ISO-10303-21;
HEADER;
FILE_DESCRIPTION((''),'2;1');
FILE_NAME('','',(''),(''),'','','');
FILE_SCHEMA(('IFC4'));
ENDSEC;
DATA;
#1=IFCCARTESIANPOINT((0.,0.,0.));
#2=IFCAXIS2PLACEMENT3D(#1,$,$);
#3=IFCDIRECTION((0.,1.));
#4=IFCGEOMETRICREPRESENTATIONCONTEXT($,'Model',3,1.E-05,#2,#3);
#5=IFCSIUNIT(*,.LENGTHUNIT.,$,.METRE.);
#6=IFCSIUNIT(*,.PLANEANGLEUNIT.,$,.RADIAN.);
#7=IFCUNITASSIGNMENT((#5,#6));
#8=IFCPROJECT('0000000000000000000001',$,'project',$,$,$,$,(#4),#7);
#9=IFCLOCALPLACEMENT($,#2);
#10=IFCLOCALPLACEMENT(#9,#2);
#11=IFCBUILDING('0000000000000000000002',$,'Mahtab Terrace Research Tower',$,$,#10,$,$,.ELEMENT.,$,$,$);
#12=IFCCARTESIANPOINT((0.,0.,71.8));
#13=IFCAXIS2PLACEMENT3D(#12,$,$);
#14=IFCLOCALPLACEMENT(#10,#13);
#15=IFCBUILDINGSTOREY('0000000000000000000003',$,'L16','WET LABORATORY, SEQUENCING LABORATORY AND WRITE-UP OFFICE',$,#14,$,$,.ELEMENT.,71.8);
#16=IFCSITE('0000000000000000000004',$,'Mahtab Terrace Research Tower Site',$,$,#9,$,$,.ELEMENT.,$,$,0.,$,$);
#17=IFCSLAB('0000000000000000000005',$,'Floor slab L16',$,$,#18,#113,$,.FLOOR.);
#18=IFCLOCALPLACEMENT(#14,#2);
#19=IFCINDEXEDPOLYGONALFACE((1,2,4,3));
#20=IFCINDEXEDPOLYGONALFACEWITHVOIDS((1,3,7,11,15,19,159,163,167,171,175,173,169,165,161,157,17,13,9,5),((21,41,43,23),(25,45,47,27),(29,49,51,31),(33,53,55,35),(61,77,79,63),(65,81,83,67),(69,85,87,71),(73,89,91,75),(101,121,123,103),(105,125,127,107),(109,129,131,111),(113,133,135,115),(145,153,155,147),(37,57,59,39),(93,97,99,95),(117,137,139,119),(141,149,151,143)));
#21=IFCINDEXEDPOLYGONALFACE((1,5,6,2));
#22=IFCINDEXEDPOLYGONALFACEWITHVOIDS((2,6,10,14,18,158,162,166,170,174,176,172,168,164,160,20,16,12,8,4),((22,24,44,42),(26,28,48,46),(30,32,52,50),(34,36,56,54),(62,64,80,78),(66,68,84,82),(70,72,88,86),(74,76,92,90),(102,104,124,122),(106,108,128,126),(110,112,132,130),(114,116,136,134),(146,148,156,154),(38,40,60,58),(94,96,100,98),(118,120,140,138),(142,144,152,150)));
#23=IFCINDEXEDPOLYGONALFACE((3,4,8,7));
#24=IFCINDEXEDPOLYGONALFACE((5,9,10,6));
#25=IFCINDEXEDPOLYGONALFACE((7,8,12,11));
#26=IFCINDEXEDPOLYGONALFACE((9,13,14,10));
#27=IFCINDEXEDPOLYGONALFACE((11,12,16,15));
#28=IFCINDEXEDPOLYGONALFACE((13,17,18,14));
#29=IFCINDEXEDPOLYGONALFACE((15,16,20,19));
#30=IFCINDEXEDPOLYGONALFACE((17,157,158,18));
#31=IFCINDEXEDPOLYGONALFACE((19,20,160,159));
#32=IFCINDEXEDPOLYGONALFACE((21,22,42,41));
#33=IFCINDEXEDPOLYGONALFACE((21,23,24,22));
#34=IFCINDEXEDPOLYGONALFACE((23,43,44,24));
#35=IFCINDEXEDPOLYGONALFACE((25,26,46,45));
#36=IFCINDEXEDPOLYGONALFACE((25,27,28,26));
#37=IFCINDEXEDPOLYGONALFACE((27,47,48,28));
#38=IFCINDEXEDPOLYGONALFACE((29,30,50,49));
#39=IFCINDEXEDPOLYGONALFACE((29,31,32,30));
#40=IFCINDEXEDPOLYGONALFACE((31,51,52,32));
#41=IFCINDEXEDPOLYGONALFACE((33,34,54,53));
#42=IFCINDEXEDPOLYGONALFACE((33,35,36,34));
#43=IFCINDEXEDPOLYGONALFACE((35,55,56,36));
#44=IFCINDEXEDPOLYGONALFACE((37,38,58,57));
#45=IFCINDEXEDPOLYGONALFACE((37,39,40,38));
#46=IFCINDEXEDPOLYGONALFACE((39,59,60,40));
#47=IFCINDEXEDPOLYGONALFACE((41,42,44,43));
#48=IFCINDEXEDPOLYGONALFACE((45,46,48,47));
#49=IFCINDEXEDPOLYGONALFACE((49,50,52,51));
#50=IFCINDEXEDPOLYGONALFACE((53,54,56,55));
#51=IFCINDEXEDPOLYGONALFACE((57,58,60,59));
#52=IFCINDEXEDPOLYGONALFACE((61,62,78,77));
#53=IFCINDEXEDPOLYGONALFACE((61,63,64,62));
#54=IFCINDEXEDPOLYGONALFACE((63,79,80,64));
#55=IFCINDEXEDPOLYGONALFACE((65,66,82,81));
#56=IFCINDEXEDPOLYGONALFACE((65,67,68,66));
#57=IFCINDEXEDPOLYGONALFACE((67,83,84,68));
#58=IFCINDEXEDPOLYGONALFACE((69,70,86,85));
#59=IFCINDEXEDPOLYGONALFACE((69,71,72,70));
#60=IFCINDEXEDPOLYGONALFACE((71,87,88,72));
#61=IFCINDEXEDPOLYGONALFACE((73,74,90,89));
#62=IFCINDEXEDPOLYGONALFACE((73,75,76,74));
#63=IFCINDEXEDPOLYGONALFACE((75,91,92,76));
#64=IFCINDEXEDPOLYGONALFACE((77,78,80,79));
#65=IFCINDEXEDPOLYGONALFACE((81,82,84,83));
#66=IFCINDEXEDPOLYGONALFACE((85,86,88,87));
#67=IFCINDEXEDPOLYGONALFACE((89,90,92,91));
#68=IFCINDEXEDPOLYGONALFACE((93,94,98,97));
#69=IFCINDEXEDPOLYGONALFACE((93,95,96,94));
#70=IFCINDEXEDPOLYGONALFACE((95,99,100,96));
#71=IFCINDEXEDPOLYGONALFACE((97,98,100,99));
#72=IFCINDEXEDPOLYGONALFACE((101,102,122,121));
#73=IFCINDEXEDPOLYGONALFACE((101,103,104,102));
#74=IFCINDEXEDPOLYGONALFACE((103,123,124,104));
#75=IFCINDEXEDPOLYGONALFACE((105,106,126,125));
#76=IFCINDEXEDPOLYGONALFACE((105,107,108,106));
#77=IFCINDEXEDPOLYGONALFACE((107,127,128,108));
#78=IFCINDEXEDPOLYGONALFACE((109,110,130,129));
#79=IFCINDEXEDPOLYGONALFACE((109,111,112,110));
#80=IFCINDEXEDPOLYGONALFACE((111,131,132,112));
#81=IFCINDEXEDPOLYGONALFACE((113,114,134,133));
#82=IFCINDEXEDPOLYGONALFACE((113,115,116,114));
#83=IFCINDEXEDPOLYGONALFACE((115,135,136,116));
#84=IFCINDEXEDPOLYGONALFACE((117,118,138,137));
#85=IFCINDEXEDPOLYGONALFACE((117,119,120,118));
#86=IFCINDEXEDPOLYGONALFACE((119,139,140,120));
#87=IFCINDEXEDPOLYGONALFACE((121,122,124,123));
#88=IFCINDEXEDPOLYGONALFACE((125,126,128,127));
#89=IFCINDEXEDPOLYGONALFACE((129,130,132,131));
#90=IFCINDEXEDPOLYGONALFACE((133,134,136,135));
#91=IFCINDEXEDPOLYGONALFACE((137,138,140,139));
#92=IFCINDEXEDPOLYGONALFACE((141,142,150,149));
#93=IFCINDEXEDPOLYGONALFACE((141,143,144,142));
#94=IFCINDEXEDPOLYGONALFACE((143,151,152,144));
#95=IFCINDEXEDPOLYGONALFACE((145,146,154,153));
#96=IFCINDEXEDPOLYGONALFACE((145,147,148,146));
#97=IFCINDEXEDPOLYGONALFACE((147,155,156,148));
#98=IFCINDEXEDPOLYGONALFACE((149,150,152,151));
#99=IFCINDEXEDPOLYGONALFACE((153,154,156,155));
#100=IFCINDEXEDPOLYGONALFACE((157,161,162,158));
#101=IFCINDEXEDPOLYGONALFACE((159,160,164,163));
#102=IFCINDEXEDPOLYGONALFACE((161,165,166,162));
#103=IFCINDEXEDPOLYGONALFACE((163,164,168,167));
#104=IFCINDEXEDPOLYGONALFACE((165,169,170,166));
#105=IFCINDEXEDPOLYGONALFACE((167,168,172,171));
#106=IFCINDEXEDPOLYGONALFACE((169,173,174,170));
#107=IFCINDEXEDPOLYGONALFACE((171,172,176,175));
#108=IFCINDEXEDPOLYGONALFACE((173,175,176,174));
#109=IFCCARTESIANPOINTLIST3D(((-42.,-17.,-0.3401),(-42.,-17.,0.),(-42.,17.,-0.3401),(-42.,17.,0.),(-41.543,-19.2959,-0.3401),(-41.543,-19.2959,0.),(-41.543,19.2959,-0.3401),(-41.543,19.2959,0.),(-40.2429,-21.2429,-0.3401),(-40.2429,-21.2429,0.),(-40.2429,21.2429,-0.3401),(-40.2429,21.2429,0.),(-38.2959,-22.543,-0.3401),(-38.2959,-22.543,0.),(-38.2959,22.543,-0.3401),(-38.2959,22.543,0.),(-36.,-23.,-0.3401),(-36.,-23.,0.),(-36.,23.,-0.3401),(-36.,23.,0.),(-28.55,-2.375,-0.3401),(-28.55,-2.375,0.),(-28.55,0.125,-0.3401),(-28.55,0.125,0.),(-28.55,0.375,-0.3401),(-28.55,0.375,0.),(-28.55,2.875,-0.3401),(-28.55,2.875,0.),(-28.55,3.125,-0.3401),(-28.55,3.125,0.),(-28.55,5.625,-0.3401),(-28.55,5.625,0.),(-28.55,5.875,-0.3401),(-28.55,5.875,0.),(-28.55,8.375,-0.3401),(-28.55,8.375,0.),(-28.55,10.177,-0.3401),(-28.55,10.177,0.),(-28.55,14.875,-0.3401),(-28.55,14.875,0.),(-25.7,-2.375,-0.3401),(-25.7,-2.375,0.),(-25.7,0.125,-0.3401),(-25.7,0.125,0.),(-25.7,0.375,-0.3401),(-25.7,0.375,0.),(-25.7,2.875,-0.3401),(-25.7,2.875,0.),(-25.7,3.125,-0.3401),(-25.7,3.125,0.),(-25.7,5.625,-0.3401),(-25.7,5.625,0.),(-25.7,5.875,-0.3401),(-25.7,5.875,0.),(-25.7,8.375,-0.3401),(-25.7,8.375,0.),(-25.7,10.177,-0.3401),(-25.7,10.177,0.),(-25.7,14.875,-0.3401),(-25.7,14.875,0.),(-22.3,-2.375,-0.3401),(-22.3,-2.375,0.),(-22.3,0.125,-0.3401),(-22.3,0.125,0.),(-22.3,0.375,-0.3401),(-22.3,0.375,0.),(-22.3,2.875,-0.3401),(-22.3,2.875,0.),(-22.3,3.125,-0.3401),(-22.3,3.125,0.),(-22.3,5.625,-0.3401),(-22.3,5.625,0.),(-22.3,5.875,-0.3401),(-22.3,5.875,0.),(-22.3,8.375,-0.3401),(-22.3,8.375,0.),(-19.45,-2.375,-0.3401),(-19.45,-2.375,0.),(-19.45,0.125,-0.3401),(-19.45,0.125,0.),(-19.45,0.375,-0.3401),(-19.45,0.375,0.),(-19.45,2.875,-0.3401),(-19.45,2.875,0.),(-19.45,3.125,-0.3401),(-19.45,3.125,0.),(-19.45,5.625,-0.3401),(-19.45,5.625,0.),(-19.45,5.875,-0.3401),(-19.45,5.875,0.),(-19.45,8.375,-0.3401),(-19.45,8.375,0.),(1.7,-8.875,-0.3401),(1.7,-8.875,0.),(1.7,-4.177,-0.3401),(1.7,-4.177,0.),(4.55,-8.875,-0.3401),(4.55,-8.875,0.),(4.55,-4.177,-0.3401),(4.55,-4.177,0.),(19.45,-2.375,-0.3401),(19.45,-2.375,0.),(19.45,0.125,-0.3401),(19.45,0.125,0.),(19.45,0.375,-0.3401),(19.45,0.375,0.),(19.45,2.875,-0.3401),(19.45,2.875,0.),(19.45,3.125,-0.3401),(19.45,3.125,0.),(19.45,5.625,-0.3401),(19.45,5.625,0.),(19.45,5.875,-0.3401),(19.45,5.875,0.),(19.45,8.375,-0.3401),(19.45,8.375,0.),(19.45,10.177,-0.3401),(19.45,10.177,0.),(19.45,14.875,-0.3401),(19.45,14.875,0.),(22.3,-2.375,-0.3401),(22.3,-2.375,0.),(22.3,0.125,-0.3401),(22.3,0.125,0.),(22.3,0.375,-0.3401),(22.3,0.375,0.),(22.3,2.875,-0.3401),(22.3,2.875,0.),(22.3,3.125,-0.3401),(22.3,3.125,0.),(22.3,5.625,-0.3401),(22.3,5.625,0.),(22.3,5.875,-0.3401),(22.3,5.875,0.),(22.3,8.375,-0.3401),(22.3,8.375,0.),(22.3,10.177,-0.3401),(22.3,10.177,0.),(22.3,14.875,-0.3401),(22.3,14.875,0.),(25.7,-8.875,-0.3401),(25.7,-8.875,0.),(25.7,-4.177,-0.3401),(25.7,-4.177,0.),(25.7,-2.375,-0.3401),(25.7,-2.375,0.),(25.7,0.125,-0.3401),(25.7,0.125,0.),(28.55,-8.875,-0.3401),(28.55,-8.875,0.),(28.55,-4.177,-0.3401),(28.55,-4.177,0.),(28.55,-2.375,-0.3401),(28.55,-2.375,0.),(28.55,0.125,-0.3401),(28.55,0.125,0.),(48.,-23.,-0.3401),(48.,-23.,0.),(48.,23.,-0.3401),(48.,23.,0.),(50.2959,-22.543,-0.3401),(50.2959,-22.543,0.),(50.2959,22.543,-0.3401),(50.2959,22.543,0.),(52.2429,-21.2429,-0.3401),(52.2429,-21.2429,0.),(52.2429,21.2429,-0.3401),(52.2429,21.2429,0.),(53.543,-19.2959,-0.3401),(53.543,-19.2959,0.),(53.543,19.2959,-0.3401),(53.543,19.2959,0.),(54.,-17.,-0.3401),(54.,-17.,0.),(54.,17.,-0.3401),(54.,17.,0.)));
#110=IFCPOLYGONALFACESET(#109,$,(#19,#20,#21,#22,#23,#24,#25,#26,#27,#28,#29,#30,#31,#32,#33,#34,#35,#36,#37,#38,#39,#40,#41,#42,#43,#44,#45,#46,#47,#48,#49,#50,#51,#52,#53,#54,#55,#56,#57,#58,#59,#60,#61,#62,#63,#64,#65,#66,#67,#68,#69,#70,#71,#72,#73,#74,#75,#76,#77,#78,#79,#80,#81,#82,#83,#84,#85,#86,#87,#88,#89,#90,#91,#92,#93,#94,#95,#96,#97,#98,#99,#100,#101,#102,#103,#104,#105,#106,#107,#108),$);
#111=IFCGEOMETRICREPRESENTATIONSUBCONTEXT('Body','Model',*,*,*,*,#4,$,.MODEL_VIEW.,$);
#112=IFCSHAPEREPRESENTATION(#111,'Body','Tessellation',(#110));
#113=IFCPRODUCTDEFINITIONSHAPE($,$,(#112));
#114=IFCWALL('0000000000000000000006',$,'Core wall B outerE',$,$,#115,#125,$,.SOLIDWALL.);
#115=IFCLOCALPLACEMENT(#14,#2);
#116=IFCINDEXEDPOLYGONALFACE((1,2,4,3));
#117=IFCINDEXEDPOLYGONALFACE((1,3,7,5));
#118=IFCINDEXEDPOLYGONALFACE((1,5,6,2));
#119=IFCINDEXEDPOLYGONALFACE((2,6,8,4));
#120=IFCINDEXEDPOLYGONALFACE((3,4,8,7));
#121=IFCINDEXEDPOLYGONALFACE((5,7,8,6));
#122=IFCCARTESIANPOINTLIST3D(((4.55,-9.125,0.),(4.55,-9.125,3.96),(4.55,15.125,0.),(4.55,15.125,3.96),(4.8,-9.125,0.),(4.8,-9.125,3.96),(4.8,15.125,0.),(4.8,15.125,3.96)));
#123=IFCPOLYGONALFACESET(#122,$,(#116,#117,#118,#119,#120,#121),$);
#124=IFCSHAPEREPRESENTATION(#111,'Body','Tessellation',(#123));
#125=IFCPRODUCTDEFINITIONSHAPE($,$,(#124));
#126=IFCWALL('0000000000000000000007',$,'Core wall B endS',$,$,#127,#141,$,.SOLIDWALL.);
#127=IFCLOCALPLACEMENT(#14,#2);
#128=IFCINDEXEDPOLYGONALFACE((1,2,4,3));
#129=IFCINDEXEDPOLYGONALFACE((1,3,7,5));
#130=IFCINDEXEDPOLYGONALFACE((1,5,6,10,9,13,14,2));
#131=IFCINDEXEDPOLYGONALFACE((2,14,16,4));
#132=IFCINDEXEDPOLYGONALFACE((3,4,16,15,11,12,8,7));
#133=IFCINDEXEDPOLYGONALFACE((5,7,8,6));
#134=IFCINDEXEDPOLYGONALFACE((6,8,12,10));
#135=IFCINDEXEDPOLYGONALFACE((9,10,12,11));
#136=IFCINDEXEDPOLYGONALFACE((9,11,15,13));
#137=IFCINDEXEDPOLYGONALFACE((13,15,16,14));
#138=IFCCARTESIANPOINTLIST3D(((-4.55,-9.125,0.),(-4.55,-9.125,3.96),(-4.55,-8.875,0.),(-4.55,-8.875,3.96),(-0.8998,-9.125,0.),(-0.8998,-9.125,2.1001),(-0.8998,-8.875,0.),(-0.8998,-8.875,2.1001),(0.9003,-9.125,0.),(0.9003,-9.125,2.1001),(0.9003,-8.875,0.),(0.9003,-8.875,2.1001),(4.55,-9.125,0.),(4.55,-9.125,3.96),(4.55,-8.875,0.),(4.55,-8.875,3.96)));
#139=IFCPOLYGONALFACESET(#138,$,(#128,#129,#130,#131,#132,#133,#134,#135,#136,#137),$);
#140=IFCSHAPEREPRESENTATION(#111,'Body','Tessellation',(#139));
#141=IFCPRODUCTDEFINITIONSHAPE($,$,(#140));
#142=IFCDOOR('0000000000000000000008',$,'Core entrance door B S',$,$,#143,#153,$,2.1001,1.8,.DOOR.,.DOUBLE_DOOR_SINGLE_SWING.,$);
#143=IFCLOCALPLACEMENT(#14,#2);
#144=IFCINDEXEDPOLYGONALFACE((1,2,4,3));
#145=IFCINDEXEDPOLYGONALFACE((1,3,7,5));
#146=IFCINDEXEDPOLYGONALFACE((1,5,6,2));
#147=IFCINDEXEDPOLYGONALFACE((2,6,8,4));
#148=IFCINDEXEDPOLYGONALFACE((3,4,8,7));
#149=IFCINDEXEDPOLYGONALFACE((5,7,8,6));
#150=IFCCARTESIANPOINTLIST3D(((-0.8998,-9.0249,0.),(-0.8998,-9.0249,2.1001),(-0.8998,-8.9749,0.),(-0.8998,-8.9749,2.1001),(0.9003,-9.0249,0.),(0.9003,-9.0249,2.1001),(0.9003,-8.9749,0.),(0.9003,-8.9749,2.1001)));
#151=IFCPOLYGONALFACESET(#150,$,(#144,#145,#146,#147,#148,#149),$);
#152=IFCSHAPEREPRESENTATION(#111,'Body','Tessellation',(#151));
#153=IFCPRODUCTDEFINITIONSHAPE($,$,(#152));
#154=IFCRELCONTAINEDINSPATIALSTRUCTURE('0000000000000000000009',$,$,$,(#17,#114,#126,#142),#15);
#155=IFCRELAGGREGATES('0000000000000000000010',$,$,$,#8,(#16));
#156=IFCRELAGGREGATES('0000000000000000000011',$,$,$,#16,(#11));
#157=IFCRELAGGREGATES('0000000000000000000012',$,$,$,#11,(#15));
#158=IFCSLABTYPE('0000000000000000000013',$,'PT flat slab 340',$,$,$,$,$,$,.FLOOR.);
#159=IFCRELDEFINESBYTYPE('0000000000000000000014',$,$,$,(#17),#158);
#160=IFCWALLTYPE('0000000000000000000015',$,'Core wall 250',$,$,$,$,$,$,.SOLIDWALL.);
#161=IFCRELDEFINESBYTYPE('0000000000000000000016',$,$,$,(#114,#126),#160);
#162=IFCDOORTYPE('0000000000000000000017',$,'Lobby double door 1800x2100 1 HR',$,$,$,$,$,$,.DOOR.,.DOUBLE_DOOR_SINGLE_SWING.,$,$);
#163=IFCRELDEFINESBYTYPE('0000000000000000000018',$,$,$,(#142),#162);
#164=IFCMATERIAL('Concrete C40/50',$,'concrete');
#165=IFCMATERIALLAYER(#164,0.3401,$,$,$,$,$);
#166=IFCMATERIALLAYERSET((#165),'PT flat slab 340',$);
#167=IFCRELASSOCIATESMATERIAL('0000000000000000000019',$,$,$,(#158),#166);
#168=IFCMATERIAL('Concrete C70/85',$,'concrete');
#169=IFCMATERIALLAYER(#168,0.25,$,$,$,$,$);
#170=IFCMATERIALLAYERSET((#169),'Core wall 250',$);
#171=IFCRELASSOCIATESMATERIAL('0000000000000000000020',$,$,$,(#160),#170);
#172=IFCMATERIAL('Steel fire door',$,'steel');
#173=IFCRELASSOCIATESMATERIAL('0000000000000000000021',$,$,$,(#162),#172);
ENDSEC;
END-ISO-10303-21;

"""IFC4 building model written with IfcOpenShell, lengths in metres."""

from ifc_helpers import new_model, si_unit, direction, frame, frame_2d, origin, place, context, subcontext, project, spatial, polyline, rectangle, outline, extrude, material, layer, layer_set, type_object, element, fill, save


model = new_model("IFC4")

# Units and contexts
model_context = context("Model", 3, precision=1e-05, world=origin(), true_north=direction((0.0, 1.0)))
body_context = subcontext(model_context, "Body", "Model", "MODEL_VIEW")
ifc_project = project(units=[si_unit("LENGTHUNIT", "METRE"), si_unit("PLANEANGLEUNIT", "RADIAN")], contexts=[model_context])

# Site, building, storey
site_placement = place(None, origin())
site = spatial("IfcSite", under=ifc_project, at=site_placement, Name="Mahtab Terrace Research Tower Site", CompositionType="ELEMENT", RefElevation=0.0)
building_placement = place(site_placement, origin())
building = spatial("IfcBuilding", under=site, at=building_placement, Name="Mahtab Terrace Research Tower", CompositionType="ELEMENT")
storey_placement = place(building_placement, frame((0.0, 0.0, 71.8)))
storey = spatial("IfcBuildingStorey", under=building, at=storey_placement, Name="L16", Description="WET LABORATORY, SEQUENCING LABORATORY AND WRITE-UP OFFICE", CompositionType="ELEMENT", Elevation=71.8)

# Shared definitions
ifc_material_1 = material(Name="Concrete C70/85", Category="concrete")

# Slab
ifc_material_2 = material(Name="Concrete C40/50", Category="concrete")
ifc_layer_1 = layer(ifc_material_2, 0.3401)
ifc_layer_set_1 = layer_set([ifc_layer_1], Name="PT flat slab 340")
slab_type = type_object("IfcSlabType", Name="PT flat slab 340", PredefinedType="FLOOR", material=ifc_layer_set_1)
slab_placement = place(storey_placement, frame((0.0, 0.0, -0.3401)))
element("IfcSlab", 1, at=slab_placement, inside=storey, type_object=slab_type, Name="Floor slab L16", PredefinedType="FLOOR", context=body_context, shape_type="SweptSolid", body=[
    extrude(outline(polyline([(53.543, 19.2959), (52.2429, 21.2429), (50.2959, 22.543), (48.0, 23.0), (-36.0, 23.0), (-38.2959, 22.543), (-40.2429, 21.2429), (-41.543, 19.2959), (-42.0, 17.0), (-42.0, -17.0), (-41.543, -19.2959), (-40.2429, -21.2429), (-38.2959, -22.543), (-36.0, -23.0), (48.0, -23.0), (50.2959, -22.543), (52.2429, -21.2429), (53.543, -19.2959), (54.0, -17.0), (54.0, 17.0), (53.543, 19.2959)]), holes=[polyline([(-28.55, -2.375), (-28.55, 0.125), (-25.7, 0.125), (-25.7, -2.375), (-28.55, -2.375)]), polyline([(-22.3, -2.375), (-22.3, 0.125), (-19.45, 0.125), (-19.45, -2.375), (-22.3, -2.375)]), polyline([(-28.55, 0.375), (-28.55, 2.875), (-25.7, 2.875), (-25.7, 0.375), (-28.55, 0.375)]), polyline([(-22.3, 0.375), (-22.3, 2.875), (-19.45, 2.875), (-19.45, 0.375), (-22.3, 0.375)]), polyline([(-28.55, 3.125), (-28.55, 5.625), (-25.7, 5.625), (-25.7, 3.125), (-28.55, 3.125)]), polyline([(-22.3, 3.125), (-22.3, 5.625), (-19.45, 5.625), (-19.45, 3.125), (-22.3, 3.125)]), polyline([(-28.55, 5.875), (-28.55, 8.375), (-25.7, 8.375), (-25.7, 5.875), (-28.55, 5.875)]), polyline([(-22.3, 5.875), (-22.3, 8.375), (-19.45, 8.375), (-19.45, 5.875), (-22.3, 5.875)]), polyline([(-28.55, 10.177), (-28.55, 14.875), (-25.7, 14.875), (-25.7, 10.177), (-28.55, 10.177)]), polyline([(1.7, -8.875), (1.7, -4.177), (4.55, -4.177), (4.55, -8.875), (1.7, -8.875)]), polyline([(25.7, -8.875), (25.7, -4.177), (28.55, -4.177), (28.55, -8.875), (25.7, -8.875)]), polyline([(19.45, -2.375), (19.45, 0.125), (22.3, 0.125), (22.3, -2.375), (19.45, -2.375)]), polyline([(25.7, -2.375), (25.7, 0.125), (28.55, 0.125), (28.55, -2.375), (25.7, -2.375)]), polyline([(19.45, 0.375), (19.45, 2.875), (22.3, 2.875), (22.3, 0.375), (19.45, 0.375)]), polyline([(19.45, 3.125), (19.45, 5.625), (22.3, 5.625), (22.3, 3.125), (19.45, 3.125)]), polyline([(19.45, 8.375), (22.3, 8.375), (22.3, 5.875), (19.45, 5.875), (19.45, 8.375)]), polyline([(19.45, 14.875), (22.3, 14.875), (22.3, 10.177), (19.45, 10.177), (19.45, 14.875)])]), origin(), (0.0, 0.0, 1.0), 0.3401),
])

# Wall
ifc_layer_2 = layer(ifc_material_1, 0.25)
ifc_layer_set_2 = layer_set([ifc_layer_2], Name="Core wall 250")
wall_type_1 = type_object("IfcWallType", Name="Core wall 250", PredefinedType="SOLIDWALL", material=ifc_layer_set_2)
wall_1_placement = place(storey_placement, frame((4.675, -9.125, 0.0), z_axis=(0.0, 0.0, 1.0), x_axis=(0.0, 1.0, 0.0)))
element("IfcWall", 2, at=wall_1_placement, inside=storey, type_object=wall_type_1, Name="Core wall B outerE", PredefinedType="SOLIDWALL", context=body_context, shape_type="SweptSolid", body=[
    extrude(rectangle(XDim=24.25, YDim=0.25, at=frame_2d((12.125, 0.0))), origin(), (0.0, 0.0, 1.0), 3.96),
])

# Wall, opening, door
wall_2_placement = place(storey_placement, frame((4.55, -9.0, 0.0), z_axis=(0.0, 0.0, 1.0), x_axis=(-1.0, 0.0, 0.0)))
wall_2 = element("IfcWall", 3, at=wall_2_placement, inside=storey, type_object=wall_type_1, Name="Core wall B endS", PredefinedType="SOLIDWALL", context=body_context, shape_type="SweptSolid", body=[
    extrude(rectangle(XDim=9.1001, YDim=0.25, at=frame_2d((4.55, 0.0))), origin(), (0.0, 0.0, 1.0), 3.96),
])
opening_1_placement = place(wall_2_placement, frame((3.6499, 0.0, 0.0)))
opening_1 = element("IfcOpeningElement", 4, at=opening_1_placement, cuts=wall_2, PredefinedType="OPENING", context=body_context, shape_type="SweptSolid", body=[
    extrude(rectangle(XDim=1.8, YDim=2.1001, at=frame_2d((0.8999, 1.05))), frame((0.0, 0.135, 0.0), z_axis=(0.0, -1.0, 0.0), x_axis=(1.0, 0.0, 0.0)), (0.0, 0.0, 1.0), 0.27),
])
ifc_material_3 = material(Name="Steel fire door", Category="steel")
door_type_1 = type_object("IfcDoorType", Name="Lobby double door 1800x2100 1 HR", OperationType="DOUBLE_DOOR_SINGLE_SWING", PredefinedType="DOOR", material=ifc_material_3)
door_1_placement = place(opening_1_placement, origin())
door_1 = element("IfcDoor", 5, at=door_1_placement, inside=storey, type_object=door_type_1, Name="Core entrance door B S", OperationType="DOUBLE_DOOR_SINGLE_SWING", OverallHeight=2.1001, OverallWidth=1.8, PredefinedType="DOOR", context=body_context, shape_type="SweptSolid", body=[
    extrude(rectangle(XDim=1.8, YDim=2.1001, at=frame_2d((0.8999, 1.05))), frame((0.0, 0.0249, 0.0), z_axis=(0.0, -1.0, 0.0), x_axis=(1.0, 0.0, 0.0)), (0.0, 0.0, 1.0), 0.05),
])
fill(opening_1, door_1)

save(model, "model.ifc")
